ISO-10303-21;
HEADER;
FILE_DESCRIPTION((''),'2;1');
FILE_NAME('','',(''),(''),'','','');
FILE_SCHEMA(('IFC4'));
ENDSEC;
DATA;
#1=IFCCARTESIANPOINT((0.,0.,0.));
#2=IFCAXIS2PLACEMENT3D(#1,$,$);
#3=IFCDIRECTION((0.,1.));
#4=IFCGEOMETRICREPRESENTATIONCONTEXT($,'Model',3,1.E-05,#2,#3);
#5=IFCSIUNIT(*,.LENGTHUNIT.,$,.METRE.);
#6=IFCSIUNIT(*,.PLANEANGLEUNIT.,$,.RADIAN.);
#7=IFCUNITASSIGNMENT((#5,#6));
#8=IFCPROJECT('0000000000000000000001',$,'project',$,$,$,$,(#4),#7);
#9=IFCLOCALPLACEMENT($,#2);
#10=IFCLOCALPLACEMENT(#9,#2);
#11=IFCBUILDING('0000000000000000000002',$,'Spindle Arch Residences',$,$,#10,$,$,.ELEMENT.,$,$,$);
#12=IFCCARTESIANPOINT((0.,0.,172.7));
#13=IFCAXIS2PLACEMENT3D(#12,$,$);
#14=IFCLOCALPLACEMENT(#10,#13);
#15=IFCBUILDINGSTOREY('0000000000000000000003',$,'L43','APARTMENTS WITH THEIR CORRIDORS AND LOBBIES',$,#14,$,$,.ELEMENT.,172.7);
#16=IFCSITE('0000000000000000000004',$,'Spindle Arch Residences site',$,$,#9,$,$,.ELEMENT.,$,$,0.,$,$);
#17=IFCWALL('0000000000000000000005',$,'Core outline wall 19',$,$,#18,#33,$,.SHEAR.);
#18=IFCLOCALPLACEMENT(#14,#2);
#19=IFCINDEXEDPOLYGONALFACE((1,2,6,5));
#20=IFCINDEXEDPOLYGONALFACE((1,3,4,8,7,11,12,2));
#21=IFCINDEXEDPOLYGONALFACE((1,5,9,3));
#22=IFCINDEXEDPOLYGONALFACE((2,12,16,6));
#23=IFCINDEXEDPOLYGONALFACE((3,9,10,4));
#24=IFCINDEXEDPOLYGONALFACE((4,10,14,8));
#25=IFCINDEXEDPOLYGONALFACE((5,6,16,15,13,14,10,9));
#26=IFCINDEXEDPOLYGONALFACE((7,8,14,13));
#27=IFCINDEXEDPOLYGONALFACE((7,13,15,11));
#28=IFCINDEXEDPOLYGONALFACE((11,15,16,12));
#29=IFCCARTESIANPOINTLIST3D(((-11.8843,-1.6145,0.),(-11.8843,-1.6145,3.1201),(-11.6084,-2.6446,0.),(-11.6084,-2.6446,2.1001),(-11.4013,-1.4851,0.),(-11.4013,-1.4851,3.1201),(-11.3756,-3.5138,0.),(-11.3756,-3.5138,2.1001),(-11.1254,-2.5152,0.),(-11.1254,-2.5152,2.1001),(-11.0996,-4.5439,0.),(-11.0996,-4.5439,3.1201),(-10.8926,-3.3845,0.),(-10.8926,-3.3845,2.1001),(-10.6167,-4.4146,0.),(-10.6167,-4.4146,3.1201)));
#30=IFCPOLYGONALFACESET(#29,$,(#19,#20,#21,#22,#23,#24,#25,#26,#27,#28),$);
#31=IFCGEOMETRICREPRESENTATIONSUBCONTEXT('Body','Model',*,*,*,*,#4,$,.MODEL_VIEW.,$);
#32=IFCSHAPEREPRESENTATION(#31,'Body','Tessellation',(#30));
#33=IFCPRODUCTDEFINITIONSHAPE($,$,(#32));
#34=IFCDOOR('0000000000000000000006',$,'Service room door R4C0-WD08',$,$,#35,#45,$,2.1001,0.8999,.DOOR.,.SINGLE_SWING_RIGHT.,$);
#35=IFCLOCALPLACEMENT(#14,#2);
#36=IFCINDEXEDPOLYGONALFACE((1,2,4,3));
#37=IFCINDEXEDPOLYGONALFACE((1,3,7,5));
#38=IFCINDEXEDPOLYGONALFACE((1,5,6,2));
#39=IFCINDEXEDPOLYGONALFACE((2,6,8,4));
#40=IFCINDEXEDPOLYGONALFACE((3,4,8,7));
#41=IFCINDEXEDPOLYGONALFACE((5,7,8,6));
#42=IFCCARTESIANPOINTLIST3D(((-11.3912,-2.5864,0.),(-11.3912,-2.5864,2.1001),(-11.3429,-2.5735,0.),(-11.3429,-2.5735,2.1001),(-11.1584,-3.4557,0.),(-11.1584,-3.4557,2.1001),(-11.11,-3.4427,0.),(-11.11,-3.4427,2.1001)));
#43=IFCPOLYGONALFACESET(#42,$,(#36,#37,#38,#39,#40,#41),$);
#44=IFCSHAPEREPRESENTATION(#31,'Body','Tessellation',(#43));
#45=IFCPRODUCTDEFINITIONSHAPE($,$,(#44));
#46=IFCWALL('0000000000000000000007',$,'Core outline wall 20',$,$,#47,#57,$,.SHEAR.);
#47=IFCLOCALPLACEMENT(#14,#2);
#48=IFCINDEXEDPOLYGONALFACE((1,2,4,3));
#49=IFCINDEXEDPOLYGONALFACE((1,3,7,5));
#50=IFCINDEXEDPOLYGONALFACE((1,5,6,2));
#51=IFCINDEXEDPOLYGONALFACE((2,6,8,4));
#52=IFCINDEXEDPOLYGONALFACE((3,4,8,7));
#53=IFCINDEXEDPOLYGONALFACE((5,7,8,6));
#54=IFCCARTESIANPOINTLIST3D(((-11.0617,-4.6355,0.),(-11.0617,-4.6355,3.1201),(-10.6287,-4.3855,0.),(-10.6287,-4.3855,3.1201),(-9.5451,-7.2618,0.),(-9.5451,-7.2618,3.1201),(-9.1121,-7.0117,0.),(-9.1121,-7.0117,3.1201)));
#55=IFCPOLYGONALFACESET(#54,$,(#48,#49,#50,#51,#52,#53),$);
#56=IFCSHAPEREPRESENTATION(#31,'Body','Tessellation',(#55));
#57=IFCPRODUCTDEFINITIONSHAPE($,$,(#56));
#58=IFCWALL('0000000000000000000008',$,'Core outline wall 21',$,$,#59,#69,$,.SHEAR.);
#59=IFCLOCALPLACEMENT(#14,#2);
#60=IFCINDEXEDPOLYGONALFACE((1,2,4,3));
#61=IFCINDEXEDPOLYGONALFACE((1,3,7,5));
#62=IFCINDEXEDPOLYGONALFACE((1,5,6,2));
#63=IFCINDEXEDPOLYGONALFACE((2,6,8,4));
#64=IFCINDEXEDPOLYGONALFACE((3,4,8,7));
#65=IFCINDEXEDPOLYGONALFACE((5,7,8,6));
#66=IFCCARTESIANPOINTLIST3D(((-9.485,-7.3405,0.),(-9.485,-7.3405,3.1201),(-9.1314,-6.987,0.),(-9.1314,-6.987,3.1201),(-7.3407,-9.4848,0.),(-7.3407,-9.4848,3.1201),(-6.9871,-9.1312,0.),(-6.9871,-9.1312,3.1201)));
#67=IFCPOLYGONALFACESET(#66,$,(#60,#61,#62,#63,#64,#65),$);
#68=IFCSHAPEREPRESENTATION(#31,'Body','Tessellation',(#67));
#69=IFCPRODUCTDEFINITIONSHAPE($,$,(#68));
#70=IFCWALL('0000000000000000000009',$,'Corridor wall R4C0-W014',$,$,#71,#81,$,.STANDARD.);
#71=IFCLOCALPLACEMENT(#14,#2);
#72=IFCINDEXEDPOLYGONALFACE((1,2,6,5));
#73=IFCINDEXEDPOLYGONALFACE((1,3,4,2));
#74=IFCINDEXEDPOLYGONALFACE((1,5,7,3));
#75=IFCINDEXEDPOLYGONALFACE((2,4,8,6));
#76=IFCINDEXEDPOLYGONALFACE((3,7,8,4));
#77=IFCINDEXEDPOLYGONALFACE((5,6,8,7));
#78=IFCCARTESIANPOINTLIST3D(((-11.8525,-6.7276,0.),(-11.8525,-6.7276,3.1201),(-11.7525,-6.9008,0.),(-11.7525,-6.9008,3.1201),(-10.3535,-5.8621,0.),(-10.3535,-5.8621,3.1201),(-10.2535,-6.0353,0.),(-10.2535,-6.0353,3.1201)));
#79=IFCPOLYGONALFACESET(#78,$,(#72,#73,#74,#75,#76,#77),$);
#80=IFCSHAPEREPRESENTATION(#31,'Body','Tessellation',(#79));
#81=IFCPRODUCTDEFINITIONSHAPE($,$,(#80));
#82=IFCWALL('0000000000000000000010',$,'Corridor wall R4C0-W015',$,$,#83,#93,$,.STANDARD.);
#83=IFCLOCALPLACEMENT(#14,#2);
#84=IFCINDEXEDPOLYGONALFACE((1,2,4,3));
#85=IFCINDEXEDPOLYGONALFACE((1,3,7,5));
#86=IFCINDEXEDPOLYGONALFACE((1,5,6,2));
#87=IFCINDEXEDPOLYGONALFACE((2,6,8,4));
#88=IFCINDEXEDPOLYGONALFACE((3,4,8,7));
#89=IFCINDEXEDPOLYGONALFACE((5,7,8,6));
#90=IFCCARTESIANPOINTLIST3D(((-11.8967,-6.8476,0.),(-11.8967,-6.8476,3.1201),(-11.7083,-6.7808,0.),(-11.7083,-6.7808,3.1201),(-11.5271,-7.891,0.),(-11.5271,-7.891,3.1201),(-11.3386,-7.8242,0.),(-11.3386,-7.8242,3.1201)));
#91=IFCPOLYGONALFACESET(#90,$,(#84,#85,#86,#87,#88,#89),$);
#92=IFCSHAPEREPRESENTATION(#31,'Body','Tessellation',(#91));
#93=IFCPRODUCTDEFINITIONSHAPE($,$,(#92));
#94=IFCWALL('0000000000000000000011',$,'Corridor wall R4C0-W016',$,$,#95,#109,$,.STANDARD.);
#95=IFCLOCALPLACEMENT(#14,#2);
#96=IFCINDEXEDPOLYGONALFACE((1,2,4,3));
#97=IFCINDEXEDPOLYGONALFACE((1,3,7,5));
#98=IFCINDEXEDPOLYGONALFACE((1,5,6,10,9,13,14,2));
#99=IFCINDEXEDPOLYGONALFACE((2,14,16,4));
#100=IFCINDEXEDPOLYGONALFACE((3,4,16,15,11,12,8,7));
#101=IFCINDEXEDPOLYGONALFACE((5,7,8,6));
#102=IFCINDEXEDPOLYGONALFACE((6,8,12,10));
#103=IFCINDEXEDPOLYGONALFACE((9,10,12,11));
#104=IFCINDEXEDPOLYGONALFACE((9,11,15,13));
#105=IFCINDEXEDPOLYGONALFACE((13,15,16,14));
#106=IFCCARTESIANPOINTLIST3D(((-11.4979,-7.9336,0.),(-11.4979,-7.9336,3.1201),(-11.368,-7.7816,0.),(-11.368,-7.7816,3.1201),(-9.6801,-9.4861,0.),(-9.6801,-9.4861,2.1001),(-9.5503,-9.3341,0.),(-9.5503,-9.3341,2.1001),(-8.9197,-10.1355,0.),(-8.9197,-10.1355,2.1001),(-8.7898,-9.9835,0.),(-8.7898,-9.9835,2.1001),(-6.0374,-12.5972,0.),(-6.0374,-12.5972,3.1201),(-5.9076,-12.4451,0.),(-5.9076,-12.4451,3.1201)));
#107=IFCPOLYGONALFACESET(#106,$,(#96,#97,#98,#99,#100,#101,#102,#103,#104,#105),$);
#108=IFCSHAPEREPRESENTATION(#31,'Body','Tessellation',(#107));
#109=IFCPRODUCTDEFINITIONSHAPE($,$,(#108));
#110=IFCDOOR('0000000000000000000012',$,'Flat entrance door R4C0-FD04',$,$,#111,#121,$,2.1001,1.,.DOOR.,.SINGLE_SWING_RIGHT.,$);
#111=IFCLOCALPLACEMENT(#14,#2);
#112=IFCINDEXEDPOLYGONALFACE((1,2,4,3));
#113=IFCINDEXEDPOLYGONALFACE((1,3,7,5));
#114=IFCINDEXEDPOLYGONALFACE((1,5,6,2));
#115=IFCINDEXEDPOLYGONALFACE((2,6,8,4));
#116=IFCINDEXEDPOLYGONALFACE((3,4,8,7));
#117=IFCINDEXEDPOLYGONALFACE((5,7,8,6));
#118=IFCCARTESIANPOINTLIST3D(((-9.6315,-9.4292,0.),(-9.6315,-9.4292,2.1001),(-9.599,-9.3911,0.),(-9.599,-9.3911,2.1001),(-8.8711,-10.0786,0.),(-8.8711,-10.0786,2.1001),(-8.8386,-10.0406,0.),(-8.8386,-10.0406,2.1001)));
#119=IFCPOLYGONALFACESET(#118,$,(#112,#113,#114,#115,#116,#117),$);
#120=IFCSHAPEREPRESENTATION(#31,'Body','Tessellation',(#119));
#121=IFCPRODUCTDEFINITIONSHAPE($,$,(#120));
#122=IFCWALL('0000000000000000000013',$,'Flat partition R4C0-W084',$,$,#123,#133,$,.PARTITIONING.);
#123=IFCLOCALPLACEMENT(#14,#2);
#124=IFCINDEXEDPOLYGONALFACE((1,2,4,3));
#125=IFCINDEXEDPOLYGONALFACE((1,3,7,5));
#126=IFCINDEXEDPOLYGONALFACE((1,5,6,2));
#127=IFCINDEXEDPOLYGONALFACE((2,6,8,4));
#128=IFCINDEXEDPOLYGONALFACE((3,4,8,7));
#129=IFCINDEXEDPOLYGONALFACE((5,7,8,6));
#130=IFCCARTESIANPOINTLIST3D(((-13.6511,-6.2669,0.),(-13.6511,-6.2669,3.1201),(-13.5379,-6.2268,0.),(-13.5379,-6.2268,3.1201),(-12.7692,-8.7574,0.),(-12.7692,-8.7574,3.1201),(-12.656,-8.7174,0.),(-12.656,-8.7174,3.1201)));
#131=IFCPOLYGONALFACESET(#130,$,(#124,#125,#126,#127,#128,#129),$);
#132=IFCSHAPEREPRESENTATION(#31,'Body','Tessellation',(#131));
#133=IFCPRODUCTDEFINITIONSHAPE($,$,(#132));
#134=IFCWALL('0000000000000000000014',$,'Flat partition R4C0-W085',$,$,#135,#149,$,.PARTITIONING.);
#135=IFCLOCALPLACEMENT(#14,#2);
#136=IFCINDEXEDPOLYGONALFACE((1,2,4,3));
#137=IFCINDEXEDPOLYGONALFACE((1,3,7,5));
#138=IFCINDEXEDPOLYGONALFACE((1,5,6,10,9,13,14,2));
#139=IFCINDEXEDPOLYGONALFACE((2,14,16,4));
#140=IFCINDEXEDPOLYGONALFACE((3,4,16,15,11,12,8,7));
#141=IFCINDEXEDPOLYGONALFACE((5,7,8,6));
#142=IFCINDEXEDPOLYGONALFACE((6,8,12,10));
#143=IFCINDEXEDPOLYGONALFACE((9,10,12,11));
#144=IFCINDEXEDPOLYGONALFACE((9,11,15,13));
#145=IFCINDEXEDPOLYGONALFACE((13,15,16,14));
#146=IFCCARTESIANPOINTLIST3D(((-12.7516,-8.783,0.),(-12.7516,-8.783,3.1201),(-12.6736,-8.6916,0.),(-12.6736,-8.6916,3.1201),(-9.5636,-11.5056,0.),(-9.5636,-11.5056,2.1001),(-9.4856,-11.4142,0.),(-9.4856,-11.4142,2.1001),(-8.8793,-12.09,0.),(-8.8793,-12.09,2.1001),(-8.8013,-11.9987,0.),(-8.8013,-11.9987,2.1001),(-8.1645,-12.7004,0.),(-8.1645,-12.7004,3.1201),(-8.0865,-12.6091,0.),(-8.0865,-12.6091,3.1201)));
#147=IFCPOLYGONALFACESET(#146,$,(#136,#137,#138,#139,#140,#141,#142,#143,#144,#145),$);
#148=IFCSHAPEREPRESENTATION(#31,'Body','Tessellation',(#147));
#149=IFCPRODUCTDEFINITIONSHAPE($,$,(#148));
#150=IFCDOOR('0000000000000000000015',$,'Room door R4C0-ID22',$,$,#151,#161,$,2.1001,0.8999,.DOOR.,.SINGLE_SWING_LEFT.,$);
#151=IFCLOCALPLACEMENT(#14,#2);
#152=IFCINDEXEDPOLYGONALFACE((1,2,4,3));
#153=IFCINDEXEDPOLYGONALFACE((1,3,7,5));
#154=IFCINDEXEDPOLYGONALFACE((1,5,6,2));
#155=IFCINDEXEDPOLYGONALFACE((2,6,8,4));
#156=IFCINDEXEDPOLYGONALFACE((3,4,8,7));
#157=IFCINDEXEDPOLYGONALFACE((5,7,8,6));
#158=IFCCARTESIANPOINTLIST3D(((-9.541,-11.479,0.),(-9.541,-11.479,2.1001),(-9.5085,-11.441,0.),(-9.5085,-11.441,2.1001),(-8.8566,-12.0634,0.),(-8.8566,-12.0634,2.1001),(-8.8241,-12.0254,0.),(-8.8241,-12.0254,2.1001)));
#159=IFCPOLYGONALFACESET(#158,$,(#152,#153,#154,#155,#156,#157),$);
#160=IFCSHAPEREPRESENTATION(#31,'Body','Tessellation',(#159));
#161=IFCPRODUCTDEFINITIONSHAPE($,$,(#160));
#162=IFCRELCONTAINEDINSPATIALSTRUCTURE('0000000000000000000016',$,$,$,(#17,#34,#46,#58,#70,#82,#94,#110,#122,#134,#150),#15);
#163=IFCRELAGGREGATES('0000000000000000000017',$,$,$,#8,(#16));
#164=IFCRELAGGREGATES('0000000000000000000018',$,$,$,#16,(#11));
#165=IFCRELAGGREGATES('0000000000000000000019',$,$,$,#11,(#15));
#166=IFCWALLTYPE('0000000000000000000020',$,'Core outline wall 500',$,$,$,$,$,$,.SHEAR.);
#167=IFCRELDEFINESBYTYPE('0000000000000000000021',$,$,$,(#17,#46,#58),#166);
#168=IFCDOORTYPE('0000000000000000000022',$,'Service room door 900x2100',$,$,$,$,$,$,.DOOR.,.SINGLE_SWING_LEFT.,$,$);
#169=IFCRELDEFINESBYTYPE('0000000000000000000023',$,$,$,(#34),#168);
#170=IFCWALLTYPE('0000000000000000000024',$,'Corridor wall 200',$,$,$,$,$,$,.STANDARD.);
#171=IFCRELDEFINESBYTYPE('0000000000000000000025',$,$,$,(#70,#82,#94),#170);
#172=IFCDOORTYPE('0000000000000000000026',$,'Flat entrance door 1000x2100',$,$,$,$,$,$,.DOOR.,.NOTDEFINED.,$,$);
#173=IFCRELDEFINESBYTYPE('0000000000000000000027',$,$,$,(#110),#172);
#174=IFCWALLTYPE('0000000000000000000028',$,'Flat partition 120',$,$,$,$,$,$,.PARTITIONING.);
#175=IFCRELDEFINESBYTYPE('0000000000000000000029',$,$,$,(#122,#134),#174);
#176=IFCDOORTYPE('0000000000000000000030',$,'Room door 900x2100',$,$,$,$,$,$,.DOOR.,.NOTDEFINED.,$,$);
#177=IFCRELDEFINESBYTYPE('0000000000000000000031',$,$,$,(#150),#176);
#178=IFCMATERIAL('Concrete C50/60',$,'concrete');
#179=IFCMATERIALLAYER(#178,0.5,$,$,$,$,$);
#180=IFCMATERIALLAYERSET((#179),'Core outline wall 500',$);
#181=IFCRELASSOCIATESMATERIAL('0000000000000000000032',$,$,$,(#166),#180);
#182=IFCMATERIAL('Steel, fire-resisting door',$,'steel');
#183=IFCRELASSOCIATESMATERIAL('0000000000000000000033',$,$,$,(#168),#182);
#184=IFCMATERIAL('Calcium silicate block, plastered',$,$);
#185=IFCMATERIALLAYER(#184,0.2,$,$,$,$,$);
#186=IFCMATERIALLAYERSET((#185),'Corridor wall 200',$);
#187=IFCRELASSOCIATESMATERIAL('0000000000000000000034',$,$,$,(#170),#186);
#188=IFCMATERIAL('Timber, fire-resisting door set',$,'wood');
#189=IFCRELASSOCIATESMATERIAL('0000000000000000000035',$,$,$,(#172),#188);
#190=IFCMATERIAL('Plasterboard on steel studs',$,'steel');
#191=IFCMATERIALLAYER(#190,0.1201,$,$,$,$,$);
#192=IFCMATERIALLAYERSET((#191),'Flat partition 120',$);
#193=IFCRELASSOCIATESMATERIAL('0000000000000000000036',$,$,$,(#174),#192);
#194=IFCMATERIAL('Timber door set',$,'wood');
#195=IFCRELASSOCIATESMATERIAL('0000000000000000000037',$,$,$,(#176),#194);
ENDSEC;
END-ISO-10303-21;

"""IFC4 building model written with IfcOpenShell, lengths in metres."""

from ifc_helpers import new_model, si_unit, direction, frame, frame_2d, origin, place, context, subcontext, project, spatial, rectangle, extrude, material, layer, layer_set, type_object, element, fill, save


model = new_model("IFC4")

# Units and contexts
model_context = context("Model", 3, precision=1e-05, world=origin(), true_north=direction((0.0, 1.0)))
body_context = subcontext(model_context, "Body", "Model", "MODEL_VIEW")
ifc_project = project(units=[si_unit("LENGTHUNIT", "METRE"), si_unit("PLANEANGLEUNIT", "RADIAN")], contexts=[model_context])

# Site, building, storey
site_placement = place(None, origin())
site = spatial("IfcSite", under=ifc_project, at=site_placement, Name="Spindle Arch Residences site", CompositionType="ELEMENT", RefElevation=0.0)
building_placement = place(site_placement, origin())
building = spatial("IfcBuilding", under=site, at=building_placement, Name="Spindle Arch Residences", CompositionType="ELEMENT")
storey_placement = place(building_placement, frame((0.0, 0.0, 172.7)))
storey = spatial("IfcBuildingStorey", under=building, at=storey_placement, Name="L43", Description="APARTMENTS WITH THEIR CORRIDORS AND LOBBIES", CompositionType="ELEMENT", Elevation=172.7)

# Wall, opening, door
ifc_material_1 = material(Name="Concrete C50/60", Category="concrete")
ifc_layer_1 = layer(ifc_material_1, 0.5)
ifc_layer_set_1 = layer_set([ifc_layer_1], Name="Core outline wall 500")
wall_type_1 = type_object("IfcWallType", Name="Core outline wall 500", PredefinedType="SHEAR", material=ifc_layer_set_1)
wall_1_placement = place(storey_placement, frame((-11.6428, -1.5498, 0.0), z_axis=(0.0, 0.0, 1.0), x_axis=(0.258735, -0.965948, 0.0)))
wall_1 = element("IfcWall", 1, at=wall_1_placement, inside=storey, type_object=wall_type_1, Name="Core outline wall 19", PredefinedType="SHEAR", context=body_context, shape_type="SweptSolid", body=[
    extrude(rectangle(XDim=3.0327, YDim=0.5, at=frame_2d((1.5164, 0.0))), origin(), (0.0, 0.0, 1.0), 3.1201),
])
opening_1_placement = place(wall_1_placement, frame((1.0664, 0.0, 0.0)))
opening_1 = element("IfcOpeningElement", 2, at=opening_1_placement, cuts=wall_1, PredefinedType="OPENING", context=body_context, shape_type="SweptSolid", body=[
    extrude(rectangle(XDim=0.8999, YDim=2.1001, at=frame_2d((0.45, 1.05))), frame((0.0, 0.26, 0.0), z_axis=(0.0, -1.0, 0.0), x_axis=(1.0, 0.0, 0.0)), (0.0, 0.0, 1.0), 0.52),
])
ifc_material_2 = material(Name="Steel, fire-resisting door", Category="steel")
door_type_1 = type_object("IfcDoorType", Name="Service room door 900x2100", OperationType="SINGLE_SWING_LEFT", PredefinedType="DOOR", material=ifc_material_2)
door_1_placement = place(opening_1_placement, origin())
door_1 = element("IfcDoor", 3, at=door_1_placement, inside=storey, type_object=door_type_1, Name="Service room door R4C0-WD08", OperationType="SINGLE_SWING_RIGHT", OverallHeight=2.1001, OverallWidth=0.8999, PredefinedType="DOOR", context=body_context, shape_type="SweptSolid", body=[
    extrude(rectangle(XDim=0.8999, YDim=2.1001, at=frame_2d((0.45, 1.05))), frame((0.0, 0.0249, 0.0), z_axis=(0.0, -1.0, 0.0), x_axis=(1.0, 0.0, 0.0)), (0.0, 0.0, 1.0), 0.05),
])
fill(opening_1, door_1)

# Walls
wall_2_placement = place(storey_placement, frame((-10.8452, -4.5105, 0.0), z_axis=(0.0, 0.0, 1.0), x_axis=(0.500087, -0.865975, 0.0)))
element("IfcWall", 4, at=wall_2_placement, inside=storey, type_object=wall_type_1, Name="Core outline wall 20", PredefinedType="SHEAR", context=body_context, shape_type="SweptSolid", body=[
    extrude(rectangle(XDim=3.0327, YDim=0.5, at=frame_2d((1.5164, 0.0))), origin(), (0.0, 0.0, 1.0), 3.1201),
])
wall_3_placement = place(storey_placement, frame((-9.3081, -7.1638, 0.0), z_axis=(0.0, 0.0, 1.0), x_axis=(0.707107, -0.707107, 0.0)))
element("IfcWall", 5, at=wall_3_placement, inside=storey, type_object=wall_type_1, Name="Core outline wall 21", PredefinedType="SHEAR", context=body_context, shape_type="SweptSolid", body=[
    extrude(rectangle(XDim=3.0325, YDim=0.5, at=frame_2d((1.5161, 0.0))), origin(), (0.0, 0.0, 1.0), 3.1201),
])
ifc_material_3 = material(Name="Calcium silicate block, plastered")
ifc_layer_2 = layer(ifc_material_3, 0.2)
ifc_layer_set_2 = layer_set([ifc_layer_2], Name="Corridor wall 200")
wall_type_2 = type_object("IfcWallType", Name="Corridor wall 200", PredefinedType="STANDARD", material=ifc_layer_set_2)
wall_4_placement = place(storey_placement, frame((-10.3035, -5.9487, 0.0), z_axis=(0.0, 0.0, 1.0), x_axis=(-0.866021, -0.500007, 0.0)))
element("IfcWall", 6, at=wall_4_placement, inside=storey, type_object=wall_type_2, Name="Corridor wall R4C0-W014", PredefinedType="STANDARD", context=body_context, shape_type="SweptSolid", body=[
    extrude(rectangle(XDim=1.731, YDim=0.2, at=frame_2d((0.8655, 0.0))), origin(), (0.0, 0.0, 1.0), 3.1201),
])
wall_5_placement = place(storey_placement, frame((-11.8025, -6.8142, 0.0), z_axis=(0.0, 0.0, 1.0), x_axis=(0.333904, -0.942607, 0.0)))
element("IfcWall", 7, at=wall_5_placement, inside=storey, type_object=wall_type_2, Name="Corridor wall R4C0-W015", PredefinedType="STANDARD", context=body_context, shape_type="SweptSolid", body=[
    extrude(rectangle(XDim=1.1069, YDim=0.2, at=frame_2d((0.5535, 0.0))), origin(), (0.0, 0.0, 1.0), 3.1201),
])

# Wall, opening, door
wall_6_placement = place(storey_placement, frame((-11.4329, -7.8577, 0.0), z_axis=(0.0, 0.0, 1.0), x_axis=(0.760412, -0.649441, 0.0)))
wall_6 = element("IfcWall", 8, at=wall_6_placement, inside=storey, type_object=wall_type_2, Name="Corridor wall R4C0-W016", PredefinedType="STANDARD", context=body_context, shape_type="SweptSolid", body=[
    extrude(rectangle(XDim=7.1809, YDim=0.2, at=frame_2d((3.5903, 0.0))), origin(), (0.0, 0.0, 1.0), 3.1201),
])
opening_2_placement = place(wall_6_placement, frame((2.3904, 0.0, 0.0)))
opening_2 = element("IfcOpeningElement", 9, at=opening_2_placement, cuts=wall_6, PredefinedType="OPENING", context=body_context, shape_type="SweptSolid", body=[
    extrude(rectangle(XDim=1.0, YDim=2.1001, at=frame_2d((0.5, 1.05))), frame((0.0, 0.1099, 0.0), z_axis=(0.0, -1.0, 0.0), x_axis=(1.0, 0.0, 0.0)), (0.0, 0.0, 1.0), 0.22),
])
ifc_material_4 = material(Name="Timber, fire-resisting door set", Category="wood")
door_type_2 = type_object("IfcDoorType", Name="Flat entrance door 1000x2100", OperationType="NOTDEFINED", PredefinedType="DOOR", material=ifc_material_4)
door_2_placement = place(opening_2_placement, origin())
door_2 = element("IfcDoor", 10, at=door_2_placement, inside=storey, type_object=door_type_2, Name="Flat entrance door R4C0-FD04", OperationType="SINGLE_SWING_RIGHT", OverallHeight=2.1001, OverallWidth=1.0, PredefinedType="DOOR", context=body_context, shape_type="SweptSolid", body=[
    extrude(rectangle(XDim=1.0, YDim=2.1001, at=frame_2d((0.5, 1.05))), frame((0.0, 0.0249, 0.0), z_axis=(0.0, -1.0, 0.0), x_axis=(1.0, 0.0, 0.0)), (0.0, 0.0, 1.0), 0.05),
])
fill(opening_2, door_2)

# Wall
ifc_material_5 = material(Name="Plasterboard on steel studs", Category="steel")
ifc_layer_3 = layer(ifc_material_5, 0.1201)
ifc_layer_set_3 = layer_set([ifc_layer_3], Name="Flat partition 120")
wall_type_3 = type_object("IfcWallType", Name="Flat partition 120", PredefinedType="PARTITIONING", material=ifc_layer_set_3)
wall_7_placement = place(storey_placement, frame((-13.5945, -6.2468, 0.0), z_axis=(0.0, 0.0, 1.0), x_axis=(0.333777, -0.942652, 0.0)))
element("IfcWall", 11, at=wall_7_placement, inside=storey, type_object=wall_type_3, Name="Flat partition R4C0-W084", PredefinedType="PARTITIONING", context=body_context, shape_type="SweptSolid", body=[
    extrude(rectangle(XDim=2.6421, YDim=0.1201, at=frame_2d((1.321, 0.0))), origin(), (0.0, 0.0, 1.0), 3.1201),
])

# Wall, opening, door
wall_8_placement = place(storey_placement, frame((-12.7126, -8.7373, 0.0), z_axis=(0.0, 0.0, 1.0), x_axis=(0.760432, -0.649417, 0.0)))
wall_8 = element("IfcWall", 12, at=wall_8_placement, inside=storey, type_object=wall_type_3, Name="Flat partition R4C0-W085", PredefinedType="PARTITIONING", context=body_context, shape_type="SweptSolid", body=[
    extrude(rectangle(XDim=6.0322, YDim=0.1201, at=frame_2d((3.0161, 0.0))), origin(), (0.0, 0.0, 1.0), 3.1201),
])
opening_3_placement = place(wall_8_placement, frame((4.1924, 0.0, 0.0)))
opening_3 = element("IfcOpeningElement", 13, at=opening_3_placement, cuts=wall_8, PredefinedType="OPENING", context=body_context, shape_type="SweptSolid", body=[
    extrude(rectangle(XDim=0.8999, YDim=2.1001, at=frame_2d((0.45, 1.05))), frame((0.0, 0.0701, 0.0), z_axis=(0.0, -1.0, 0.0), x_axis=(1.0, 0.0, 0.0)), (0.0, 0.0, 1.0), 0.1401),
])
ifc_material_6 = material(Name="Timber door set", Category="wood")
door_type_3 = type_object("IfcDoorType", Name="Room door 900x2100", OperationType="NOTDEFINED", PredefinedType="DOOR", material=ifc_material_6)
door_3_placement = place(opening_3_placement, origin())
door_3 = element("IfcDoor", 14, at=door_3_placement, inside=storey, type_object=door_type_3, Name="Room door R4C0-ID22", OperationType="SINGLE_SWING_LEFT", OverallHeight=2.1001, OverallWidth=0.8999, PredefinedType="DOOR", context=body_context, shape_type="SweptSolid", body=[
    extrude(rectangle(XDim=0.8999, YDim=2.1001, at=frame_2d((0.45, 1.05))), frame((0.0, 0.0249, 0.0), z_axis=(0.0, -1.0, 0.0), x_axis=(1.0, 0.0, 0.0)), (0.0, 0.0, 1.0), 0.05),
])
fill(opening_3, door_3)

save(model, "model.ifc")
